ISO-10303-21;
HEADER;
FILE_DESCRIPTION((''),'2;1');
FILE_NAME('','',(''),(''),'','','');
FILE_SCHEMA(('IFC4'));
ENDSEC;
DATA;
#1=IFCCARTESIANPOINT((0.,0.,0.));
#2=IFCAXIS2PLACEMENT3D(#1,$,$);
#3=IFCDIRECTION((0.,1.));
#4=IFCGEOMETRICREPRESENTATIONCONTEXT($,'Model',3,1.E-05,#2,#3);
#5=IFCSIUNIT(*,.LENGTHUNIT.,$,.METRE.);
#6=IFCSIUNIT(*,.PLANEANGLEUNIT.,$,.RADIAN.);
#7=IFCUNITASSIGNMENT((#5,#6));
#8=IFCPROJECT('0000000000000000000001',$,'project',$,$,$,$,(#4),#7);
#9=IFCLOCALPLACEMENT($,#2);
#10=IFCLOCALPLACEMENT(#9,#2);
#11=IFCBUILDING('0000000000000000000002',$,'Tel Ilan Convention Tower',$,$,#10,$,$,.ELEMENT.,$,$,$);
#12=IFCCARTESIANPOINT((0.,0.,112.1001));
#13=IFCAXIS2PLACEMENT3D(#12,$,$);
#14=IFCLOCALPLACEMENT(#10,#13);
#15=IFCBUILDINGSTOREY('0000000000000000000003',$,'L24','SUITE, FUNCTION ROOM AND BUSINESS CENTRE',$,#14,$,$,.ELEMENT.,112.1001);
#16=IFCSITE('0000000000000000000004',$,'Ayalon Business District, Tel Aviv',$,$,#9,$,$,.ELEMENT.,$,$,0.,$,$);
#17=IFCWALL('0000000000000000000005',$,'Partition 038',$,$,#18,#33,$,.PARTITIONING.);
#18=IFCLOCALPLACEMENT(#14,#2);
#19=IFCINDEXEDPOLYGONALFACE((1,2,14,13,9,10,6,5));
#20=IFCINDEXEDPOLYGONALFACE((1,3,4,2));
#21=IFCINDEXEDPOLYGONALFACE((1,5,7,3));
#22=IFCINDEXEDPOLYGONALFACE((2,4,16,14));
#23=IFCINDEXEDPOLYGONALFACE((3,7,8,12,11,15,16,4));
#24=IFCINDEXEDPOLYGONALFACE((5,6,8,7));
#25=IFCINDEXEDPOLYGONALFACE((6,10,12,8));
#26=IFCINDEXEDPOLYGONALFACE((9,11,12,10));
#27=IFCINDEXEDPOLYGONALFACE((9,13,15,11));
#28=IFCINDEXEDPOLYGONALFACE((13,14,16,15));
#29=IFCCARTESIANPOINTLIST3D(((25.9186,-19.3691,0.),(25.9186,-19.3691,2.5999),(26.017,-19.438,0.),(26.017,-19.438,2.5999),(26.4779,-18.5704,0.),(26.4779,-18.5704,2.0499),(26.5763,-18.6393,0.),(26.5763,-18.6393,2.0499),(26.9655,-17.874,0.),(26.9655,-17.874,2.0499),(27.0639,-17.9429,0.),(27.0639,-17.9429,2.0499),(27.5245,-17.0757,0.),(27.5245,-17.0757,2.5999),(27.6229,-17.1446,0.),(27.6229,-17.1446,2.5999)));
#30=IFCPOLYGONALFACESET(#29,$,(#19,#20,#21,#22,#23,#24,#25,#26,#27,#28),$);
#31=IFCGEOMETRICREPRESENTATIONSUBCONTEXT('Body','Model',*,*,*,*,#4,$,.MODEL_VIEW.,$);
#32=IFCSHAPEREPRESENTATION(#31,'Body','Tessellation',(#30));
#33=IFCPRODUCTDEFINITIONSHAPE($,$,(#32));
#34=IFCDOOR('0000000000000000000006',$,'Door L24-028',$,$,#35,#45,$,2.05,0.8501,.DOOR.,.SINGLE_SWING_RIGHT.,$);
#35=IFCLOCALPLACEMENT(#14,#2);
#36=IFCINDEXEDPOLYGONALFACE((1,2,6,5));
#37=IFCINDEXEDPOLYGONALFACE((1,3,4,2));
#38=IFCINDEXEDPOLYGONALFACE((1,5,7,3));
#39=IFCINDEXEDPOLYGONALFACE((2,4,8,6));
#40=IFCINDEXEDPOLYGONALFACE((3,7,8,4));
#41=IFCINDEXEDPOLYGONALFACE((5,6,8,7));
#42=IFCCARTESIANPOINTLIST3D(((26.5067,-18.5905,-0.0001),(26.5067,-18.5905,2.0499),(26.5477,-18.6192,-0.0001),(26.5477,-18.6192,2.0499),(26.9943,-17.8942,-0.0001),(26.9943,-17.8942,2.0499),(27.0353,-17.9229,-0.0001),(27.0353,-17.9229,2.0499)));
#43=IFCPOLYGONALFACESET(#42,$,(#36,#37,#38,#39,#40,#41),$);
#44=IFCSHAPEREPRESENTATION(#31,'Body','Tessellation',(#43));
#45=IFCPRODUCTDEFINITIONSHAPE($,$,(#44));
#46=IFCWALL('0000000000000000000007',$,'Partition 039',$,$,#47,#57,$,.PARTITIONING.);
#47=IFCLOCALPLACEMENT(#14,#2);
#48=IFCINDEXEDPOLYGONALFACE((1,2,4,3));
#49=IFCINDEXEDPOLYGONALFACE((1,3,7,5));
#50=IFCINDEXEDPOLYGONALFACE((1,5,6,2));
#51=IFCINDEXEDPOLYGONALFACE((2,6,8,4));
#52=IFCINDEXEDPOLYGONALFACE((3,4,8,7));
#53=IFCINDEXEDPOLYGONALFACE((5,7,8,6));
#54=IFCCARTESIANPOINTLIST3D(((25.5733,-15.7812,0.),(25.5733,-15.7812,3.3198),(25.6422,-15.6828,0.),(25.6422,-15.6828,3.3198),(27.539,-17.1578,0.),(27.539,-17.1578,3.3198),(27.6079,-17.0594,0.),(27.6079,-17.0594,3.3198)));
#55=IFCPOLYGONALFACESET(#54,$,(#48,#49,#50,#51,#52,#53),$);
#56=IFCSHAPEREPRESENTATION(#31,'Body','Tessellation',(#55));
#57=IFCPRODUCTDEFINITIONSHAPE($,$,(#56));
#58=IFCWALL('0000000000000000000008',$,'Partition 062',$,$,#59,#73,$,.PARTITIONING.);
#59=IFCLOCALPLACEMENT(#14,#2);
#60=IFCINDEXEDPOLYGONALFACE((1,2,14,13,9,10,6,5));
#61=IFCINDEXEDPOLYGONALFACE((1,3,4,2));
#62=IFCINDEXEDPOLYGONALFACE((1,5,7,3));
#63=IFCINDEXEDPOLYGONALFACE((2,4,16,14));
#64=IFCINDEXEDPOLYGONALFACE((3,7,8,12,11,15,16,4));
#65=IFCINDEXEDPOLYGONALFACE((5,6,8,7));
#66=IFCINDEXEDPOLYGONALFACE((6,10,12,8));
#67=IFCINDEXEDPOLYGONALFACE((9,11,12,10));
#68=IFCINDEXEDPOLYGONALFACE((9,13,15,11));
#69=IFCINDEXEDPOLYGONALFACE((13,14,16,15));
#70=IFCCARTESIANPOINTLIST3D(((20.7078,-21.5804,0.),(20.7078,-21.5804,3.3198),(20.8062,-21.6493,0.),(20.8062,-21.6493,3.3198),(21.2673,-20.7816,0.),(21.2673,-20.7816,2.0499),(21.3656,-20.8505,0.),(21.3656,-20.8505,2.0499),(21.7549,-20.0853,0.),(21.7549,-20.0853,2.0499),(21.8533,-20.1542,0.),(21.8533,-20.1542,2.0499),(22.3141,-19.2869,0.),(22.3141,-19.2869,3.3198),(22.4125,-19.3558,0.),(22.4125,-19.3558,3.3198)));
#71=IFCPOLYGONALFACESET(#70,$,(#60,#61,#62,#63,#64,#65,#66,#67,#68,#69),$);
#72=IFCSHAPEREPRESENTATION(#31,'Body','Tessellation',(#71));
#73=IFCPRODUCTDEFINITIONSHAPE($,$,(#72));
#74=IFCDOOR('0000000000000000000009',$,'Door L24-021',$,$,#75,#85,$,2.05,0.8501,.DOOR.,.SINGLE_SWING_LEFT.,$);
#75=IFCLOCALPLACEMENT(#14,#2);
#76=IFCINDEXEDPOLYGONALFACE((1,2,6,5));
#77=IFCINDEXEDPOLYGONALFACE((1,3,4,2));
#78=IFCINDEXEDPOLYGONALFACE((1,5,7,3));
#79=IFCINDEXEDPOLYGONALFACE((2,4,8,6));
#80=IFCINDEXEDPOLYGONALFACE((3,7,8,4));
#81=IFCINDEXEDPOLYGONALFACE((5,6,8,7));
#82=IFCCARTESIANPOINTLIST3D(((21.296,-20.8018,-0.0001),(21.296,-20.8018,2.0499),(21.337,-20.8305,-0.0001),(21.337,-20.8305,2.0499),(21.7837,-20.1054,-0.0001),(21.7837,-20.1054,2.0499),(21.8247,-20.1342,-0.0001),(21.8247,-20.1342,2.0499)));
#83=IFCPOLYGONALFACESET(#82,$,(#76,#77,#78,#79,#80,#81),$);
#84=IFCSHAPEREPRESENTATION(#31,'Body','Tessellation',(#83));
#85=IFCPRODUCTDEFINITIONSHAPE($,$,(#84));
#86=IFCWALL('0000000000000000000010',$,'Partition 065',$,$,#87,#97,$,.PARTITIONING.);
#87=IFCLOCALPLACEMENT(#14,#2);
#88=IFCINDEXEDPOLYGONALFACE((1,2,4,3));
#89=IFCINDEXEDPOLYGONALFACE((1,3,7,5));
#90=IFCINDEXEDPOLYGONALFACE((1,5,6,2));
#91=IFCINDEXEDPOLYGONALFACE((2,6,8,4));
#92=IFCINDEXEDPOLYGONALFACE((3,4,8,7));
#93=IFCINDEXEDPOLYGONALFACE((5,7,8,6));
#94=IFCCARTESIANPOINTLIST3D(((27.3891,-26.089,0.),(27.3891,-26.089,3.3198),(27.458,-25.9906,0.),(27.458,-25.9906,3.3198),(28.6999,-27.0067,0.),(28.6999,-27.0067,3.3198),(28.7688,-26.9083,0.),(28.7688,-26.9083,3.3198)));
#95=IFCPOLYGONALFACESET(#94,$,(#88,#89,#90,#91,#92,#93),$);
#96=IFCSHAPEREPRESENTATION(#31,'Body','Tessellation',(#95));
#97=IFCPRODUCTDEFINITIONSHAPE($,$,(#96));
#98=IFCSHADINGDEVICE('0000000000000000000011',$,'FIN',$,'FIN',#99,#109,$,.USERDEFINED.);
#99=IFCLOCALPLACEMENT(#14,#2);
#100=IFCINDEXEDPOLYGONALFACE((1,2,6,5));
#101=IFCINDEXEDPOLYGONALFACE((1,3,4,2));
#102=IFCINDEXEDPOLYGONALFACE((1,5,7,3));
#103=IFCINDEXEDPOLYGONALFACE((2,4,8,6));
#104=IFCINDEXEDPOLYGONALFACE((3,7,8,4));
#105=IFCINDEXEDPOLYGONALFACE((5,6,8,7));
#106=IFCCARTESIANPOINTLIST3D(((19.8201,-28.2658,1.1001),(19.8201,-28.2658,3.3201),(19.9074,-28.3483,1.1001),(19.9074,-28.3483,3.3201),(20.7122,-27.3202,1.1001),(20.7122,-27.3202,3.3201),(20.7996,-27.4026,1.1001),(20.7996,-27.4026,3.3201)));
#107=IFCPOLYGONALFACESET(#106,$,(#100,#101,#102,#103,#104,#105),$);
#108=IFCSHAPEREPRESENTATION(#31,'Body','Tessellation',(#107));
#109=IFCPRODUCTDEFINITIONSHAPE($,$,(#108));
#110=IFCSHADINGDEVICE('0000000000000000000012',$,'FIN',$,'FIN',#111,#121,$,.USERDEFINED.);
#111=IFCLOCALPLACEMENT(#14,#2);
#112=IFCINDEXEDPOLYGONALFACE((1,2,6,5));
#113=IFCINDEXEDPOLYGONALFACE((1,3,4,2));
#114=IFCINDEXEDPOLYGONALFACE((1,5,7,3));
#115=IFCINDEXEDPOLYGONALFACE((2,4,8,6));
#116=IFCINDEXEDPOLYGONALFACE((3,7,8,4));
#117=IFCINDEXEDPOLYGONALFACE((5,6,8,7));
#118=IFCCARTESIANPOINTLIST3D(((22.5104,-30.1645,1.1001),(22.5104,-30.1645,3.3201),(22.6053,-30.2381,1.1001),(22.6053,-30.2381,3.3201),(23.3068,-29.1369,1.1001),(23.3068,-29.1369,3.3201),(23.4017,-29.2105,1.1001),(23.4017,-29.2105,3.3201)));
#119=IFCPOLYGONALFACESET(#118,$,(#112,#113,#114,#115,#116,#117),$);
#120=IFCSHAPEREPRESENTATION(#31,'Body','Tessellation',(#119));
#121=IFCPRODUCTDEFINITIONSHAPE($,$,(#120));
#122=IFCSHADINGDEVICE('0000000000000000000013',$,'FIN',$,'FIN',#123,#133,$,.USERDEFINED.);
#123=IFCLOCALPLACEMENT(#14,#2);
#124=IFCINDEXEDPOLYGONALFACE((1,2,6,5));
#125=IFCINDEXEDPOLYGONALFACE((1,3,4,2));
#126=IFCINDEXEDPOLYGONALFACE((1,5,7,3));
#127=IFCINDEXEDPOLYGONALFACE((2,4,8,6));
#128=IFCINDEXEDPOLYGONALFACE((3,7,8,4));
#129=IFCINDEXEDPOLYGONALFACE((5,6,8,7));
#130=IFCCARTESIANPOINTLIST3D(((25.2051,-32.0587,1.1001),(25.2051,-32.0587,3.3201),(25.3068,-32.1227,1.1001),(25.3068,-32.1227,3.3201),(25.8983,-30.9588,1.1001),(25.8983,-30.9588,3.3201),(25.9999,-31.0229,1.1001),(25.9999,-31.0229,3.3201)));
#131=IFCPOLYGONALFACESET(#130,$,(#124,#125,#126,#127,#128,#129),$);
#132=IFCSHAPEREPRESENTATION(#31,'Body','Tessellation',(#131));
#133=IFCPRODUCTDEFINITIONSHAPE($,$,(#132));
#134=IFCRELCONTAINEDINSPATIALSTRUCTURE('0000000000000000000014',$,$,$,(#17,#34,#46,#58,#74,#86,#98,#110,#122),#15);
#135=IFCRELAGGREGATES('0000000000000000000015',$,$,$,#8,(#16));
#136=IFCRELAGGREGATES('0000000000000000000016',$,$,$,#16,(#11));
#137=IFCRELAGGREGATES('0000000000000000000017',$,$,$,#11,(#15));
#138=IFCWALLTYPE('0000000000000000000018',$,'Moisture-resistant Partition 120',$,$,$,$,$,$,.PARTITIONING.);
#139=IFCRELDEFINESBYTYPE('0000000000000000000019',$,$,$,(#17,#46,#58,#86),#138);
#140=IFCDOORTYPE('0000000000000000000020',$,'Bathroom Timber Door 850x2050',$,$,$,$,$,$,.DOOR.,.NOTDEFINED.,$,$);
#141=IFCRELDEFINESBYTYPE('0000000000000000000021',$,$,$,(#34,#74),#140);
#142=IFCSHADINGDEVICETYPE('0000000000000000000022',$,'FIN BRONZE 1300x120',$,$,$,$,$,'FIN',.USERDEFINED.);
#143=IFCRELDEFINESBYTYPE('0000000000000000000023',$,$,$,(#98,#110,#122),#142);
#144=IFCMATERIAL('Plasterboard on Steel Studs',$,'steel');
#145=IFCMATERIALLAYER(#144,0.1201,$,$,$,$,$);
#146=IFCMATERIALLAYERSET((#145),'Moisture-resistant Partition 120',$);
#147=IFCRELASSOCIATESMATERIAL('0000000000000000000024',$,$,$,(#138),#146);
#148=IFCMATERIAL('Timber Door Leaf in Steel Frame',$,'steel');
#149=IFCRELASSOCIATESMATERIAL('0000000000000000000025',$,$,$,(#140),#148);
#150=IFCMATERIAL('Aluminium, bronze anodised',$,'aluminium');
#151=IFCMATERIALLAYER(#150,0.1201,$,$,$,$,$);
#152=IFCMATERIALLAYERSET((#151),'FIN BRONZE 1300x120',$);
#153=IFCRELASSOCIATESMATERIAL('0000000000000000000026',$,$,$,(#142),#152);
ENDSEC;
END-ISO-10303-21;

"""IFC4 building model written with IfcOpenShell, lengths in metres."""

from ifc_helpers import new_model, si_unit, direction, frame, frame_2d, origin, origin_2d, place, context, subcontext, project, spatial, rectangle, extrude, material, layer, layer_set, type_object, element, fill, save


model = new_model("IFC4")

# Units and contexts
model_context = context("Model", 3, precision=1e-05, world=origin(), true_north=direction((0.0, 1.0)))
body_context = subcontext(model_context, "Body", "Model", "MODEL_VIEW")
ifc_project = project(units=[si_unit("LENGTHUNIT", "METRE"), si_unit("PLANEANGLEUNIT", "RADIAN")], contexts=[model_context])

# Site, building, storey
site_placement = place(None, origin())
site = spatial("IfcSite", under=ifc_project, at=site_placement, Name="Ayalon Business District, Tel Aviv", CompositionType="ELEMENT", RefElevation=0.0)
building_placement = place(site_placement, origin())
building = spatial("IfcBuilding", under=site, at=building_placement, Name="Tel Ilan Convention Tower", CompositionType="ELEMENT")
storey_placement = place(building_placement, frame((0.0, 0.0, 112.1001)))
storey = spatial("IfcBuildingStorey", under=building, at=storey_placement, Name="L24", Description="SUITE, FUNCTION ROOM AND BUSINESS CENTRE", CompositionType="ELEMENT", Elevation=112.1001)

# Wall, opening, door
ifc_material_1 = material(Name="Plasterboard on Steel Studs", Category="steel")
ifc_layer_1 = layer(ifc_material_1, 0.1201)
ifc_layer_set_1 = layer_set([ifc_layer_1], Name="Moisture-resistant Partition 120")
wall_type_1 = type_object("IfcWallType", Name="Moisture-resistant Partition 120", PredefinedType="PARTITIONING", material=ifc_layer_set_1)
wall_1_placement = place(storey_placement, frame((25.9678, -19.4036, 0.0), z_axis=(0.0, 0.0, 1.0), x_axis=(0.573591, 0.819142, 0.0)))
wall_1 = element("IfcWall", 1, at=wall_1_placement, inside=storey, type_object=wall_type_1, Name="Partition 038", PredefinedType="PARTITIONING", context=body_context, shape_type="SweptSolid", body=[
    extrude(rectangle(XDim=2.7998, YDim=0.1201, at=frame_2d((1.3999, 0.0))), origin(), (0.0, 0.0, 1.0), 2.5999),
])
opening_1_placement = place(wall_1_placement, frame((0.9751, 0.0, 0.0)))
opening_1 = element("IfcOpeningElement", 2, at=opening_1_placement, cuts=wall_1, PredefinedType="OPENING", context=body_context, shape_type="SweptSolid", body=[
    extrude(rectangle(XDim=0.8501, YDim=2.05, at=frame_2d((0.425, 1.0249))), frame((0.0, 0.0701, 0.0), z_axis=(0.0, -1.0, 0.0), x_axis=(1.0, 0.0, 0.0)), (0.0, 0.0, 1.0), 0.1401),
])
ifc_material_2 = material(Name="Timber Door Leaf in Steel Frame", Category="steel")
door_type_1 = type_object("IfcDoorType", Name="Bathroom Timber Door 850x2050", OperationType="NOTDEFINED", PredefinedType="DOOR", material=ifc_material_2)
door_1_placement = place(opening_1_placement, origin())
door_1 = element("IfcDoor", 3, at=door_1_placement, inside=storey, type_object=door_type_1, Name="Door L24-028", OperationType="SINGLE_SWING_RIGHT", OverallHeight=2.05, OverallWidth=0.8501, PredefinedType="DOOR", context=body_context, shape_type="SweptSolid", body=[
    extrude(rectangle(XDim=0.8501, YDim=2.05, at=frame_2d((0.425, 1.0249))), frame((0.0, 0.0249, 0.0), z_axis=(0.0, -1.0, 0.0), x_axis=(1.0, 0.0, 0.0)), (0.0, 0.0, 1.0), 0.05),
])
fill(opening_1, door_1)

# Wall
wall_2_placement = place(storey_placement, frame((27.5735, -17.1086, 0.0), z_axis=(0.0, 0.0, 1.0), x_axis=(-0.819108, 0.57364, 0.0)))
element("IfcWall", 4, at=wall_2_placement, inside=storey, type_object=wall_type_1, Name="Partition 039", PredefinedType="PARTITIONING", context=body_context, shape_type="SweptSolid", body=[
    extrude(rectangle(XDim=2.3999, YDim=0.1201, at=frame_2d((1.2, 0.0))), origin(), (0.0, 0.0, 1.0), 3.3198),
])

# Wall, opening, door
wall_3_placement = place(storey_placement, frame((20.7571, -21.6147, 0.0), z_axis=(0.0, 0.0, 1.0), x_axis=(0.57365, 0.819101, 0.0)))
wall_3 = element("IfcWall", 5, at=wall_3_placement, inside=storey, type_object=wall_type_1, Name="Partition 062", PredefinedType="PARTITIONING", context=body_context, shape_type="SweptSolid", body=[
    extrude(rectangle(XDim=2.8, YDim=0.1201, at=frame_2d((1.3999, 0.0))), origin(), (0.0, 0.0, 1.0), 3.3198),
])
opening_2_placement = place(wall_3_placement, frame((0.9751, 0.0, 0.0)))
opening_2 = element("IfcOpeningElement", 6, at=opening_2_placement, cuts=wall_3, PredefinedType="OPENING", context=body_context, shape_type="SweptSolid", body=[
    extrude(rectangle(XDim=0.8501, YDim=2.05, at=frame_2d((0.425, 1.0249))), frame((0.0, 0.0701, 0.0), z_axis=(0.0, -1.0, 0.0), x_axis=(1.0, 0.0, 0.0)), (0.0, 0.0, 1.0), 0.1401),
])
door_2_placement = place(opening_2_placement, origin())
door_2 = element("IfcDoor", 7, at=door_2_placement, inside=storey, type_object=door_type_1, Name="Door L24-021", OperationType="SINGLE_SWING_LEFT", OverallHeight=2.05, OverallWidth=0.8501, PredefinedType="DOOR", context=body_context, shape_type="SweptSolid", body=[
    extrude(rectangle(XDim=0.8501, YDim=2.05, at=frame_2d((0.425, 1.0249))), frame((0.0, 0.0249, 0.0), z_axis=(0.0, -1.0, 0.0), x_axis=(1.0, 0.0, 0.0)), (0.0, 0.0, 1.0), 0.05),
])
fill(opening_2, door_2)

# Wall
wall_4_placement = place(storey_placement, frame((27.4236, -26.0398, 0.0), z_axis=(0.0, 0.0, 1.0), x_axis=(0.819182, -0.573534, 0.0)))
element("IfcWall", 8, at=wall_4_placement, inside=storey, type_object=wall_type_1, Name="Partition 065", PredefinedType="PARTITIONING", context=body_context, shape_type="SweptSolid", body=[
    extrude(rectangle(XDim=1.6001, YDim=0.1201, at=frame_2d((0.8, 0.0))), origin(), (0.0, 0.0, 1.0), 3.3198),
])

# Shading devices
ifc_material_3 = material(Name="Aluminium, bronze anodised", Category="aluminium")
ifc_layer_2 = layer(ifc_material_3, 0.1201)
ifc_layer_set_2 = layer_set([ifc_layer_2], Name="FIN BRONZE 1300x120")
shading_device_type = type_object("IfcShadingDeviceType", Name="FIN BRONZE 1300x120", ElementType="FIN", PredefinedType="USERDEFINED", material=ifc_layer_set_2)
for number, where, z_axis, x_axis, name in (
    (9, (20.3098, -27.8342, 1.1001), (0.0, 0.0, 1.0), (-0.686242, -0.727374, 0.0), "FIN"),
    (10, (22.9561, -29.6875, 1.1001), (0.0, 0.0, 1.0), (-0.612601, -0.790393, 0.0), "FIN"),
    (11, (25.6025, -31.5408, 1.1001), (0.0, 0.0, 1.0), (-0.533204, -0.845986, 0.0), "FIN"),
):
    element("IfcShadingDevice", number, at=place(storey_placement, frame(where, z_axis=z_axis, x_axis=x_axis)), inside=storey, type_object=shading_device_type, Name=name, ObjectType="FIN", PredefinedType="USERDEFINED", context=body_context, shape_type="SweptSolid", body=[
        extrude(rectangle(XDim=1.3, YDim=0.1201, at=origin_2d()), origin(), (0.0, 0.0, 1.0), 2.22),
    ])

save(model, "model.ifc")
